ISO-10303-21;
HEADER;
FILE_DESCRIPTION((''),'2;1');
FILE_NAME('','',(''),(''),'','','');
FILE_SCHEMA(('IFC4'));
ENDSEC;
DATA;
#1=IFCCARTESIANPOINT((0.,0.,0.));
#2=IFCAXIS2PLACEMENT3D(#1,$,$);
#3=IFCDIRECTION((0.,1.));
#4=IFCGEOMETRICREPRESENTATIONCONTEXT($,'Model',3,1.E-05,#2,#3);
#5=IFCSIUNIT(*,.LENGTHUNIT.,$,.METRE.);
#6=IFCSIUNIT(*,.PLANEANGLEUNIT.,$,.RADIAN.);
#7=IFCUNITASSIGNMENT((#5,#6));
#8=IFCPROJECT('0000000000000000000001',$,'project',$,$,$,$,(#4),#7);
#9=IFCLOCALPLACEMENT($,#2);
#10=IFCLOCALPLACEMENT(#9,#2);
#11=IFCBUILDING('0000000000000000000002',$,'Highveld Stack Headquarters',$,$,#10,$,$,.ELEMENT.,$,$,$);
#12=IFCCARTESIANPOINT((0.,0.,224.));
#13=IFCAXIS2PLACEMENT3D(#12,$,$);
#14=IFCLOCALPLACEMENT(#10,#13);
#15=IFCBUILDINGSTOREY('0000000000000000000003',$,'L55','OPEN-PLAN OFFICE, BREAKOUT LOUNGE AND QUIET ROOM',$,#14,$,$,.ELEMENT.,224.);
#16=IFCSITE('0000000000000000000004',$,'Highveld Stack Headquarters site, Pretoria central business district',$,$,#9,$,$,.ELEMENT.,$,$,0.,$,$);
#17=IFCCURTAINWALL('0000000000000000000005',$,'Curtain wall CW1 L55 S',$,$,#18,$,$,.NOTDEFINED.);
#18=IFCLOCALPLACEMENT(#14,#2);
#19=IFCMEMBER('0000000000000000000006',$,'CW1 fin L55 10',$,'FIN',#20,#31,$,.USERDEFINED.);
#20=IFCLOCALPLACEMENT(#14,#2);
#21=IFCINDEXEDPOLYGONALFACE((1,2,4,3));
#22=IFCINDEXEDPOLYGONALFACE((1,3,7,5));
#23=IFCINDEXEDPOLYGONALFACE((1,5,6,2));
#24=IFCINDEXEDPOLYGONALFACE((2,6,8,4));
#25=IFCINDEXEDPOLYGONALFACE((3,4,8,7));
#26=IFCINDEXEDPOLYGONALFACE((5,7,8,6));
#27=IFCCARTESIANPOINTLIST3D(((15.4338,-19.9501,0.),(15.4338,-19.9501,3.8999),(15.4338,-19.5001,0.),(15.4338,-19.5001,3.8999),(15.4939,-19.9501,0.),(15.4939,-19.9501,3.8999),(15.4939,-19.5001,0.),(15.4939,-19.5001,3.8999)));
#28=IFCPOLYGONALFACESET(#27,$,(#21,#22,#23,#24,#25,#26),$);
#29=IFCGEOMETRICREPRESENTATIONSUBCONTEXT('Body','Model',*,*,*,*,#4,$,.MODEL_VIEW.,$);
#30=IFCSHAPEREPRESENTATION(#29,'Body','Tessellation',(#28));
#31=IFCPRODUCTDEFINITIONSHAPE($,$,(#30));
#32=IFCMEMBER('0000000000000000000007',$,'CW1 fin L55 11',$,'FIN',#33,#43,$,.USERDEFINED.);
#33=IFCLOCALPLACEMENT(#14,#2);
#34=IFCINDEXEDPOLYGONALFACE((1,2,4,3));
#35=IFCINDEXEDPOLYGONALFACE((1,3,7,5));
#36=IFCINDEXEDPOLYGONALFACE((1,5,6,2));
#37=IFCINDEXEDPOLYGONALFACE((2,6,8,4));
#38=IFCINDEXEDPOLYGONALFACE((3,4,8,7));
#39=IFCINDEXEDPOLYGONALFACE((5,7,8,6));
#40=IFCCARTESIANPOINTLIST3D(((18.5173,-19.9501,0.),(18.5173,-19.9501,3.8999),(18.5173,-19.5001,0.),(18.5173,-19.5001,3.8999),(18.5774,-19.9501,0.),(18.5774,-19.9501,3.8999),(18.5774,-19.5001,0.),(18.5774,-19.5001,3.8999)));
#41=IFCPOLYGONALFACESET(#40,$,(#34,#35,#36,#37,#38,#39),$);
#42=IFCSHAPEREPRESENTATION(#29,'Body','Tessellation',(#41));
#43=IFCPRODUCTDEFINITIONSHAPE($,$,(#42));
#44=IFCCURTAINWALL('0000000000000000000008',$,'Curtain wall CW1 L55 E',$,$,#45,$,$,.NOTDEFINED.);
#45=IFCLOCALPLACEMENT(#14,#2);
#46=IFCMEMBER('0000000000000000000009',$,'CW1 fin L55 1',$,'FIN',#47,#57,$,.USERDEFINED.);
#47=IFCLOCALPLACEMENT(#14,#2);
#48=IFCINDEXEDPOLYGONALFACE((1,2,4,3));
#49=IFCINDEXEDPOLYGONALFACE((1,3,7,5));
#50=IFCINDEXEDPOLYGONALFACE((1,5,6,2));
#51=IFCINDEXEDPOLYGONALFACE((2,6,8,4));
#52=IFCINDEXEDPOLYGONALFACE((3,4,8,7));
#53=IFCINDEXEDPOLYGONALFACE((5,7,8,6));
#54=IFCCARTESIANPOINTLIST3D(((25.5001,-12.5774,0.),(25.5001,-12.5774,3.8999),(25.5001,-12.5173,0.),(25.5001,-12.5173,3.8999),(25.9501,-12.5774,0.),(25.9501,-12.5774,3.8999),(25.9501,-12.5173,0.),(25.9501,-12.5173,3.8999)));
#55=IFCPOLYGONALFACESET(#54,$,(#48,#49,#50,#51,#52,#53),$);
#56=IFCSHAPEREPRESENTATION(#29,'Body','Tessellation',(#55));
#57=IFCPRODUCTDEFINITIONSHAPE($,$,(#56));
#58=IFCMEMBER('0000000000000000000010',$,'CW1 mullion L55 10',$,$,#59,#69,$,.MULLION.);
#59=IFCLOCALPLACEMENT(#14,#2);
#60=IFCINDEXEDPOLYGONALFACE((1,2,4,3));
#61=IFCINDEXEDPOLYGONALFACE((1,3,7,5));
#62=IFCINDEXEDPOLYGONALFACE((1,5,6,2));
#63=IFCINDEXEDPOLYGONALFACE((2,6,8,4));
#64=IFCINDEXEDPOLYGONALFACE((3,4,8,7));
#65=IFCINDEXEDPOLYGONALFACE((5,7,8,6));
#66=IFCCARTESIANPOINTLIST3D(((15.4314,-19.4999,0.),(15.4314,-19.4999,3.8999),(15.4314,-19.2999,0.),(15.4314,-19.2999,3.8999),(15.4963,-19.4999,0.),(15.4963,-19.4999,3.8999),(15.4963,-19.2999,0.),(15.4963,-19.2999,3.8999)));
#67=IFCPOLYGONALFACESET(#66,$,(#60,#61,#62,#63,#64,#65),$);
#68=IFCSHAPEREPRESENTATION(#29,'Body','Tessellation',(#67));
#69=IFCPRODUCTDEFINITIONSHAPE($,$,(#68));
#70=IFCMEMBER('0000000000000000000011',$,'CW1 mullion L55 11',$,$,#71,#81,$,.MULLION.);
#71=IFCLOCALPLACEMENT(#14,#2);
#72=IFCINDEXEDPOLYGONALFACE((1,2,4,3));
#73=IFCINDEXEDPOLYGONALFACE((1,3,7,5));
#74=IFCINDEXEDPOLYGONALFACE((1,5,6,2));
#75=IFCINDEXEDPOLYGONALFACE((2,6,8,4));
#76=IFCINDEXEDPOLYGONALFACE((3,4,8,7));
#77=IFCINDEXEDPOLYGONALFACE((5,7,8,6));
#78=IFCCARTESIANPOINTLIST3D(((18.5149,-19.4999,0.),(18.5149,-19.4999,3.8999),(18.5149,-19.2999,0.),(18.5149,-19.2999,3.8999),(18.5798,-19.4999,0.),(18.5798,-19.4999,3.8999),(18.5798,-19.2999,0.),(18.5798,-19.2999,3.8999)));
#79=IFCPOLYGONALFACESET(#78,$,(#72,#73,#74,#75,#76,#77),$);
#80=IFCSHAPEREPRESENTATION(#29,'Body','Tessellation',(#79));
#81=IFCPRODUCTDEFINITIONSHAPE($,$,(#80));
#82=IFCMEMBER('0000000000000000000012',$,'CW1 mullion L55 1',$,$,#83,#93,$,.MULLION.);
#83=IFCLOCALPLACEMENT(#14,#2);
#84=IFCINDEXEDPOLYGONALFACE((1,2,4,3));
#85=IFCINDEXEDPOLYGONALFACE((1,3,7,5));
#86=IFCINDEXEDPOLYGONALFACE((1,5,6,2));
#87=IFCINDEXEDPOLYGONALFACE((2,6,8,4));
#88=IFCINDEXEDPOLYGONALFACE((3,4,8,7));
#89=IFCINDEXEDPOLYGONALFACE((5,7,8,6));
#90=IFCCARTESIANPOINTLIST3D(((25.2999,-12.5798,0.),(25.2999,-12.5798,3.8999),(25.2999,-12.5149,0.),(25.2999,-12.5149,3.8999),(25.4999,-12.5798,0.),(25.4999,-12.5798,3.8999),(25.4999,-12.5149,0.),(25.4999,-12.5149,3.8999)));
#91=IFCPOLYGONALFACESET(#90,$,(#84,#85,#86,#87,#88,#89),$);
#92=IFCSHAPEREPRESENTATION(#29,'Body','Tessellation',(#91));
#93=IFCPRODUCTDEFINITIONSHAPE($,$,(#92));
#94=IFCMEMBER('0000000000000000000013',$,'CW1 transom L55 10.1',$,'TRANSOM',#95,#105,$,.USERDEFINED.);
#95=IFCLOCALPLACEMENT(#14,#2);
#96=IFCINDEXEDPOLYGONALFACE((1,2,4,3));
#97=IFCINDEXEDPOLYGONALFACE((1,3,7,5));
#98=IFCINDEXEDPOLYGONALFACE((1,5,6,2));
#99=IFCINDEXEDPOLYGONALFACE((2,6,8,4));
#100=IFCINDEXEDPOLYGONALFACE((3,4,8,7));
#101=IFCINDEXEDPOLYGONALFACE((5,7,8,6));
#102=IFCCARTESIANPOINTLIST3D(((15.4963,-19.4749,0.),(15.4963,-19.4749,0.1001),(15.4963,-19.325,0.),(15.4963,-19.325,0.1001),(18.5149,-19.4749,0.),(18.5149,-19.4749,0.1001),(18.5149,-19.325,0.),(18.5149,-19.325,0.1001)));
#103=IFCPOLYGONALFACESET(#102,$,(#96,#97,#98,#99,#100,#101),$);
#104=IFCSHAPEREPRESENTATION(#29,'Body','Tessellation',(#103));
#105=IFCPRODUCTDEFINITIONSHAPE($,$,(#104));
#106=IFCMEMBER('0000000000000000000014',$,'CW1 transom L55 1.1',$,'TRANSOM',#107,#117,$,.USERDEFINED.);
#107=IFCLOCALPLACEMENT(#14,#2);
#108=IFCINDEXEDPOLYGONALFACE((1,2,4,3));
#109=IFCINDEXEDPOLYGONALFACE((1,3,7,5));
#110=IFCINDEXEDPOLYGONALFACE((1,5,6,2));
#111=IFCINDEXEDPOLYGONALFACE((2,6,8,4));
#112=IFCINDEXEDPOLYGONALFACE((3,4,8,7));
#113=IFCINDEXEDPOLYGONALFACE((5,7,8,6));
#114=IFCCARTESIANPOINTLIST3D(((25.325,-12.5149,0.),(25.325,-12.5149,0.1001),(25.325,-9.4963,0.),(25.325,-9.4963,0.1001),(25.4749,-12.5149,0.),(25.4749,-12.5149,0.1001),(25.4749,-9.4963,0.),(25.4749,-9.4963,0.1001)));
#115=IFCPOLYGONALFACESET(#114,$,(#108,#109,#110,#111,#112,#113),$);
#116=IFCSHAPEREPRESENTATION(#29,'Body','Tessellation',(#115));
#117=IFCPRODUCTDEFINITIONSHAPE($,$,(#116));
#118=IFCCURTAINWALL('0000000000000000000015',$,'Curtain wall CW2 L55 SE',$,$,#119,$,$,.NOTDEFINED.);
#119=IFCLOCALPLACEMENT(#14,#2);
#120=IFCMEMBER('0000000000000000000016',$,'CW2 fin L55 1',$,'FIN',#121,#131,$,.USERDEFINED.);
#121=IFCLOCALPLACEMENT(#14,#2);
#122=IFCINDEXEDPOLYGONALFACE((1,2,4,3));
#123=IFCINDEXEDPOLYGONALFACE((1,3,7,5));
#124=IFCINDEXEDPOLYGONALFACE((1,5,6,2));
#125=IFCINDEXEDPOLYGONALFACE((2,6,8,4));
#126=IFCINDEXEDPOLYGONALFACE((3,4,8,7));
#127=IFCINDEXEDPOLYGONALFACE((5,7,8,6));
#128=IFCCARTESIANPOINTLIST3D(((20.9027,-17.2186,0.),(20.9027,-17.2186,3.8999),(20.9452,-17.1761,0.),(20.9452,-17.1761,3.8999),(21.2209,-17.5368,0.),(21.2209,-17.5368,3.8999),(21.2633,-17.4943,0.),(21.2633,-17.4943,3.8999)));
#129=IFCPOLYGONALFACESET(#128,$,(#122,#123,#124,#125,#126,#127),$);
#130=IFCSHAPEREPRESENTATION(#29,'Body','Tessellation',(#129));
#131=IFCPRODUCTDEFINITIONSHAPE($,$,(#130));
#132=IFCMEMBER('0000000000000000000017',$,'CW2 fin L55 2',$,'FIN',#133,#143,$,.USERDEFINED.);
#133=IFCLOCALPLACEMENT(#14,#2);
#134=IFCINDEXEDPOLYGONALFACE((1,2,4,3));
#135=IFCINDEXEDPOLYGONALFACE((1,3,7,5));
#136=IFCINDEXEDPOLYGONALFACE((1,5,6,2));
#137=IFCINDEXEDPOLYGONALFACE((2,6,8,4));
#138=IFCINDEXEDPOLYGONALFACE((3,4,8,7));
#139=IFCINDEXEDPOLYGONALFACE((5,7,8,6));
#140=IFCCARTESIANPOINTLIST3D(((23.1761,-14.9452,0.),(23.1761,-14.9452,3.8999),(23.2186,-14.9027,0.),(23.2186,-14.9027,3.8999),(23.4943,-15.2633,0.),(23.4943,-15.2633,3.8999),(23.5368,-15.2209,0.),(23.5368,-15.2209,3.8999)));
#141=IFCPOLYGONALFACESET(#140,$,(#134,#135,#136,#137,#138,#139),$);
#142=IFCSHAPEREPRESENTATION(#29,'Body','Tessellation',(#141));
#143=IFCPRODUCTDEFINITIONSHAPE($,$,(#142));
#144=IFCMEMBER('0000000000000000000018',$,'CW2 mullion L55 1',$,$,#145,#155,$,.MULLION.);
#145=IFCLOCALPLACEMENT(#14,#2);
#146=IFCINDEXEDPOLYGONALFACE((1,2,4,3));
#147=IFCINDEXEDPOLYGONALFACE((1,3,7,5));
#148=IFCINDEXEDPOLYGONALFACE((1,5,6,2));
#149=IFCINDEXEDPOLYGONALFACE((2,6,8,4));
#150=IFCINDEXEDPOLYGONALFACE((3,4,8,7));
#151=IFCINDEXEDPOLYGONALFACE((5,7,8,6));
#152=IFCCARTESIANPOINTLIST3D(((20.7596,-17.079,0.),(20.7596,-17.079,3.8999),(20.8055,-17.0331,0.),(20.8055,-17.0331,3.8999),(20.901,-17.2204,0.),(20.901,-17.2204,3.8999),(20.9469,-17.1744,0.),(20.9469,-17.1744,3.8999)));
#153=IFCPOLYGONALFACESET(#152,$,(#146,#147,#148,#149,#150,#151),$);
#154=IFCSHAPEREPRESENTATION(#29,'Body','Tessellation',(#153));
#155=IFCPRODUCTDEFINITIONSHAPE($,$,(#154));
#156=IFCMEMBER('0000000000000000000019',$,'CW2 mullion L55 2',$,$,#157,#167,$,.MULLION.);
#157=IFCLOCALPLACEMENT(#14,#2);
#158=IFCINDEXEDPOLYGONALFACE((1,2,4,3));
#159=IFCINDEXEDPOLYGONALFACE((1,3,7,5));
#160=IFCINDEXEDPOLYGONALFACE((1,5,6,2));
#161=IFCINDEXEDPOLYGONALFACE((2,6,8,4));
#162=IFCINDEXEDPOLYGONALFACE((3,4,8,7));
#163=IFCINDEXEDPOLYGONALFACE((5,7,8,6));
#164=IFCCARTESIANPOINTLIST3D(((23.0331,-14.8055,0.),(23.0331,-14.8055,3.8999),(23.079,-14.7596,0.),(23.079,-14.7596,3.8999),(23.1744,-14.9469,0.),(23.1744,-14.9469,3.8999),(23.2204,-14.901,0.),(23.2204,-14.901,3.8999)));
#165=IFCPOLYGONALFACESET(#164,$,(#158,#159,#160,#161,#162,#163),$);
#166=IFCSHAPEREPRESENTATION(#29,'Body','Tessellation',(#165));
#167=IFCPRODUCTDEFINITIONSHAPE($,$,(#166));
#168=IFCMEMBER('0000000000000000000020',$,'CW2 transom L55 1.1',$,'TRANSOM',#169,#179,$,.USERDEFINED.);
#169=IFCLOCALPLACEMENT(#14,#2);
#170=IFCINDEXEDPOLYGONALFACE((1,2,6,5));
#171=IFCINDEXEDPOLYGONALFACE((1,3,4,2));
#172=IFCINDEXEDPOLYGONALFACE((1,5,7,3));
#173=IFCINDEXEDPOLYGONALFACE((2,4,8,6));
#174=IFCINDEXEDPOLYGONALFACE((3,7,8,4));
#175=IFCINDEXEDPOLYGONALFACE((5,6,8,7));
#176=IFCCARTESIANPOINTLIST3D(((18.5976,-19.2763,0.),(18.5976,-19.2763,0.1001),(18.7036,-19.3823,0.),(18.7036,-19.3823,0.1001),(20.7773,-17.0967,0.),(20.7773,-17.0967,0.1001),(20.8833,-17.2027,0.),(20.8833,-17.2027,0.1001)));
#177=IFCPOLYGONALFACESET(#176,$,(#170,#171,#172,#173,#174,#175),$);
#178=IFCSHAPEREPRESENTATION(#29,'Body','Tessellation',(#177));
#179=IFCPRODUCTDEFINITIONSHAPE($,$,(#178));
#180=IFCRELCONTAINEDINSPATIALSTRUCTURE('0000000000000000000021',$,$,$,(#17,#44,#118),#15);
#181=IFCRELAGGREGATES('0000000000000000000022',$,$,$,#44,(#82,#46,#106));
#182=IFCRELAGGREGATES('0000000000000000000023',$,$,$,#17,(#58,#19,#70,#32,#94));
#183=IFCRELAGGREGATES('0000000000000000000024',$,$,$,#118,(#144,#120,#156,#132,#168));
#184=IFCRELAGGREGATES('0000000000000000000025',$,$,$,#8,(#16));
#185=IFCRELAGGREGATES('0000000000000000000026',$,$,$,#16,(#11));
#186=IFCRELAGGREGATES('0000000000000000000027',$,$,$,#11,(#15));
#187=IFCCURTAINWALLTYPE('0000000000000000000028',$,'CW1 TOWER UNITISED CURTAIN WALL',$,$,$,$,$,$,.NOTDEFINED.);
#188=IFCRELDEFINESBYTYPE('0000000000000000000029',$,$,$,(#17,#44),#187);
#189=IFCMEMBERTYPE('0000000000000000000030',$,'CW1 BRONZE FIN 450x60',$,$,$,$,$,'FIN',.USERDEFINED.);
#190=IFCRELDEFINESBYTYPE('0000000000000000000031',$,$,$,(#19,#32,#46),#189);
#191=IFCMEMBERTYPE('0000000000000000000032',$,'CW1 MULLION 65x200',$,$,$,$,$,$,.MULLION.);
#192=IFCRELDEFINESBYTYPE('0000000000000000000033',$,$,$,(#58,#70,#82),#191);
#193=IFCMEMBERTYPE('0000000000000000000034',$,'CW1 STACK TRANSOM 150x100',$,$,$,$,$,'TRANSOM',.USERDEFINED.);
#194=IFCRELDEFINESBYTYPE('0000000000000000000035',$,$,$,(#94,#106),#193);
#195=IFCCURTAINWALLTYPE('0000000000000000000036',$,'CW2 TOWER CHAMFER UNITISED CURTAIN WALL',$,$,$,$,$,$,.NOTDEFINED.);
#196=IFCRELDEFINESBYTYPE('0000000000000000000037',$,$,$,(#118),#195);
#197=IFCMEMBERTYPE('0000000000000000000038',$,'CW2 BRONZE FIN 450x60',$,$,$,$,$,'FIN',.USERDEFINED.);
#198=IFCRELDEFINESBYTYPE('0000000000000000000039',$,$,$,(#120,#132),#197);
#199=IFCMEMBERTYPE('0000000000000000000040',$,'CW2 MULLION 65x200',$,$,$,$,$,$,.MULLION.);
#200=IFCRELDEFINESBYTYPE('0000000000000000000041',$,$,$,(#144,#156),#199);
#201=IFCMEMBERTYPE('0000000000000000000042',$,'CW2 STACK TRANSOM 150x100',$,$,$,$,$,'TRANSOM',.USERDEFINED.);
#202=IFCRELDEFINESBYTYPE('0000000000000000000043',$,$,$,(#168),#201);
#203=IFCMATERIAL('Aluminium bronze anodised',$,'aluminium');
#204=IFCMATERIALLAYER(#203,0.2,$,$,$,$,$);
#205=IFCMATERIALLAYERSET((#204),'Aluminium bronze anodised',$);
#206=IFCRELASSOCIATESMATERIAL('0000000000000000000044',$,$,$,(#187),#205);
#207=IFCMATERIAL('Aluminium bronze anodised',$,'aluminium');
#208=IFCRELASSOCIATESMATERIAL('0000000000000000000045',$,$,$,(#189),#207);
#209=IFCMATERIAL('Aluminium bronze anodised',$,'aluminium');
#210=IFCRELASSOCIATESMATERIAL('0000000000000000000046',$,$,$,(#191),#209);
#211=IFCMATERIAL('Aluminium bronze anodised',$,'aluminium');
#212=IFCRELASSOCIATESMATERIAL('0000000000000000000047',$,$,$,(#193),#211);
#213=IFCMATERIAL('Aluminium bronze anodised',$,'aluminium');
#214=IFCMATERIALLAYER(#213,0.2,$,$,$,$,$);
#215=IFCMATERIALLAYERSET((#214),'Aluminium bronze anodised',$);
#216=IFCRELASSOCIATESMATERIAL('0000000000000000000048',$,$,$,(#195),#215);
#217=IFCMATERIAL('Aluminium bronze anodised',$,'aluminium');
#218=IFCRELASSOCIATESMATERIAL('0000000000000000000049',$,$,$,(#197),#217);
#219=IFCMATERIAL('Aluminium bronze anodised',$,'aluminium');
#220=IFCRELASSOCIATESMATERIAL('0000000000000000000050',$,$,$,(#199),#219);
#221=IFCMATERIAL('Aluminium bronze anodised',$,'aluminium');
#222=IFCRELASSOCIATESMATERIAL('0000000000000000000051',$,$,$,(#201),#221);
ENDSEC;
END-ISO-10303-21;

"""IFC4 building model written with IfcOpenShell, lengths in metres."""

from ifc_helpers import new_model, si_unit, direction, frame, origin, origin_2d, place, context, subcontext, project, spatial, rectangle, extrude, material, layer, layer_set, material_profile, profile_set, type_object, element, aggregate, save


model = new_model("IFC4")

# Units and contexts
model_context = context("Model", 3, precision=1e-05, world=origin(), true_north=direction((0.0, 1.0)))
body_context = subcontext(model_context, "Body", "Model", "MODEL_VIEW")
ifc_project = project(units=[si_unit("LENGTHUNIT", "METRE"), si_unit("PLANEANGLEUNIT", "RADIAN")], contexts=[model_context])

# Site, building, storey
site_placement = place(None, origin())
site = spatial("IfcSite", under=ifc_project, at=site_placement, Name="Highveld Stack Headquarters site, Pretoria central business district", CompositionType="ELEMENT", RefElevation=0.0)
building_placement = place(site_placement, origin())
building = spatial("IfcBuilding", under=site, at=building_placement, Name="Highveld Stack Headquarters", CompositionType="ELEMENT")
storey_placement = place(building_placement, frame((0.0, 0.0, 224.0)))
storey = spatial("IfcBuildingStorey", under=building, at=storey_placement, Name="L55", Description="OPEN-PLAN OFFICE, BREAKOUT LOUNGE AND QUIET ROOM", CompositionType="ELEMENT", Elevation=224.0)

# Curtain wall, members
ifc_material_1 = material(Name="Aluminium bronze anodised", Category="aluminium")
ifc_layer_1 = layer(ifc_material_1, 0.2)
ifc_layer_set_1 = layer_set([ifc_layer_1], Name="Aluminium bronze anodised")
curtain_wall_type_1 = type_object("IfcCurtainWallType", Name="CW1 TOWER UNITISED CURTAIN WALL", PredefinedType="NOTDEFINED", material=ifc_layer_set_1)
curtain_wall_1_placement = place(storey_placement, origin())
curtain_wall_1 = element("IfcCurtainWall", 1, at=curtain_wall_1_placement, inside=storey, type_object=curtain_wall_type_1, Name="Curtain wall CW1 L55 S", PredefinedType="NOTDEFINED")
ifc_material_2 = material(Name="Aluminium bronze anodised", Category="aluminium")
ifc_material_profile_1 = material_profile(ifc_material_2, rectangle(XDim=0.45, YDim=0.0601, at=origin_2d()), Name="FIN 450x60")
ifc_profile_set_1 = profile_set([ifc_material_profile_1], Name="Aluminium bronze anodised")
member_type_1 = type_object("IfcMemberType", Name="CW1 BRONZE FIN 450x60", ElementType="FIN", PredefinedType="USERDEFINED", material=ifc_profile_set_1)
member_1_placement = place(storey_placement, frame((15.4639, -19.7251, 0.0), z_axis=(0.0, 0.0, 1.0), x_axis=(0.0, 1.0, 0.0)))
member_1 = element("IfcMember", 2, at=member_1_placement, type_object=member_type_1, Name="CW1 fin L55 10", ObjectType="FIN", PredefinedType="USERDEFINED", context=body_context, shape_type="SweptSolid", body=[
    extrude(rectangle(XDim=0.45, YDim=0.0601, at=origin_2d()), origin(), (0.0, 0.0, 1.0), 3.8999),
])
member_2_placement = place(storey_placement, frame((18.5474, -19.7251, 0.0), z_axis=(0.0, 0.0, 1.0), x_axis=(0.0, 1.0, 0.0)))
member_2 = element("IfcMember", 3, at=member_2_placement, type_object=member_type_1, Name="CW1 fin L55 11", ObjectType="FIN", PredefinedType="USERDEFINED", context=body_context, shape_type="SweptSolid", body=[
    extrude(rectangle(XDim=0.45, YDim=0.0601, at=origin_2d()), origin(), (0.0, 0.0, 1.0), 3.8999),
])

# Curtain wall, member
curtain_wall_2_placement = place(storey_placement, origin())
curtain_wall_2 = element("IfcCurtainWall", 4, at=curtain_wall_2_placement, inside=storey, type_object=curtain_wall_type_1, Name="Curtain wall CW1 L55 E", PredefinedType="NOTDEFINED")
member_3_placement = place(storey_placement, frame((25.7251, -12.5474, 0.0), z_axis=(0.0, 0.0, 1.0), x_axis=(-1.0, 0.0, 0.0)))
member_3 = element("IfcMember", 5, at=member_3_placement, type_object=member_type_1, Name="CW1 fin L55 1", ObjectType="FIN", PredefinedType="USERDEFINED", context=body_context, shape_type="SweptSolid", body=[
    extrude(rectangle(XDim=0.45, YDim=0.0601, at=origin_2d()), origin(), (0.0, 0.0, 1.0), 3.8999),
])

# Members
ifc_material_3 = material(Name="Aluminium bronze anodised", Category="aluminium")
ifc_material_profile_2 = material_profile(ifc_material_3, rectangle(XDim=0.2, YDim=0.0649, at=origin_2d()), Name="CW1 MULLION 65x200")
ifc_profile_set_2 = profile_set([ifc_material_profile_2], Name="Aluminium bronze anodised")
member_type_2 = type_object("IfcMemberType", Name="CW1 MULLION 65x200", PredefinedType="MULLION", material=ifc_profile_set_2)
member_4_placement = place(storey_placement, frame((15.4639, -19.3999, 0.0), z_axis=(0.0, 0.0, 1.0), x_axis=(0.0, 1.0, 0.0)))
member_4 = element("IfcMember", 6, at=member_4_placement, type_object=member_type_2, Name="CW1 mullion L55 10", PredefinedType="MULLION", context=body_context, shape_type="SweptSolid", body=[
    extrude(rectangle(XDim=0.2, YDim=0.0649, at=origin_2d()), origin(), (0.0, 0.0, 1.0), 3.8999),
])
member_5_placement = place(storey_placement, frame((18.5474, -19.3999, 0.0), z_axis=(0.0, 0.0, 1.0), x_axis=(0.0, 1.0, 0.0)))
member_5 = element("IfcMember", 7, at=member_5_placement, type_object=member_type_2, Name="CW1 mullion L55 11", PredefinedType="MULLION", context=body_context, shape_type="SweptSolid", body=[
    extrude(rectangle(XDim=0.2, YDim=0.0649, at=origin_2d()), origin(), (0.0, 0.0, 1.0), 3.8999),
])
member_6_placement = place(storey_placement, frame((25.3999, -12.5474, 0.0), z_axis=(0.0, 0.0, 1.0), x_axis=(-1.0, 0.0, 0.0)))
member_6 = element("IfcMember", 8, at=member_6_placement, type_object=member_type_2, Name="CW1 mullion L55 1", PredefinedType="MULLION", context=body_context, shape_type="SweptSolid", body=[
    extrude(rectangle(XDim=0.2, YDim=0.0649, at=origin_2d()), origin(), (0.0, 0.0, 1.0), 3.8999),
])
ifc_material_4 = material(Name="Aluminium bronze anodised", Category="aluminium")
ifc_material_profile_3 = material_profile(ifc_material_4, rectangle(XDim=0.1499, YDim=0.1001, at=origin_2d()), Name="CW1 TRANSOM 150x100")
ifc_profile_set_3 = profile_set([ifc_material_profile_3], Name="Aluminium bronze anodised")
member_type_3 = type_object("IfcMemberType", Name="CW1 STACK TRANSOM 150x100", ElementType="TRANSOM", PredefinedType="USERDEFINED", material=ifc_profile_set_3)
member_7_placement = place(storey_placement, frame((15.4963, -19.3999, 0.05), z_axis=(1.0, 0.0, 0.0), x_axis=(0.0, 1.0, 0.0)))
member_7 = element("IfcMember", 9, at=member_7_placement, type_object=member_type_3, Name="CW1 transom L55 10.1", ObjectType="TRANSOM", PredefinedType="USERDEFINED", context=body_context, shape_type="SweptSolid", body=[
    extrude(rectangle(XDim=0.1499, YDim=0.1001, at=origin_2d()), origin(), (0.0, 0.0, 1.0), 3.0186),
])
member_8_placement = place(storey_placement, frame((25.3999, -12.5149, 0.05), z_axis=(0.0, 1.0, 0.0), x_axis=(-1.0, 0.0, 0.0)))
member_8 = element("IfcMember", 10, at=member_8_placement, type_object=member_type_3, Name="CW1 transom L55 1.1", ObjectType="TRANSOM", PredefinedType="USERDEFINED", context=body_context, shape_type="SweptSolid", body=[
    extrude(rectangle(XDim=0.1499, YDim=0.1001, at=origin_2d()), origin(), (0.0, 0.0, 1.0), 3.0186),
])
aggregate(curtain_wall_2, [member_6, member_3, member_8])

# Curtain wall, members
ifc_material_5 = material(Name="Aluminium bronze anodised", Category="aluminium")
ifc_layer_2 = layer(ifc_material_5, 0.2)
ifc_layer_set_2 = layer_set([ifc_layer_2], Name="Aluminium bronze anodised")
curtain_wall_type_2 = type_object("IfcCurtainWallType", Name="CW2 TOWER CHAMFER UNITISED CURTAIN WALL", PredefinedType="NOTDEFINED", material=ifc_layer_set_2)
curtain_wall_3_placement = place(storey_placement, origin())
curtain_wall_3 = element("IfcCurtainWall", 11, at=curtain_wall_3_placement, inside=storey, type_object=curtain_wall_type_2, Name="Curtain wall CW2 L55 SE", PredefinedType="NOTDEFINED")
ifc_material_6 = material(Name="Aluminium bronze anodised", Category="aluminium")
ifc_material_profile_4 = material_profile(ifc_material_6, rectangle(XDim=0.45, YDim=0.0601, at=origin_2d()), Name="FIN 450x60")
ifc_profile_set_4 = profile_set([ifc_material_profile_4], Name="Aluminium bronze anodised")
member_type_4 = type_object("IfcMemberType", Name="CW2 BRONZE FIN 450x60", ElementType="FIN", PredefinedType="USERDEFINED", material=ifc_profile_set_4)
member_9_placement = place(storey_placement, frame((21.083, -17.3564, 0.0), z_axis=(0.0, 0.0, 1.0), x_axis=(-0.707107, 0.707107, 0.0)))
member_9 = element("IfcMember", 12, at=member_9_placement, type_object=member_type_4, Name="CW2 fin L55 1", ObjectType="FIN", PredefinedType="USERDEFINED", context=body_context, shape_type="SweptSolid", body=[
    extrude(rectangle(XDim=0.45, YDim=0.0601, at=origin_2d()), origin(), (0.0, 0.0, 1.0), 3.8999),
])
member_10_placement = place(storey_placement, frame((23.3564, -15.083, 0.0), z_axis=(0.0, 0.0, 1.0), x_axis=(-0.707107, 0.707107, 0.0)))
member_10 = element("IfcMember", 13, at=member_10_placement, type_object=member_type_4, Name="CW2 fin L55 2", ObjectType="FIN", PredefinedType="USERDEFINED", context=body_context, shape_type="SweptSolid", body=[
    extrude(rectangle(XDim=0.45, YDim=0.0601, at=origin_2d()), origin(), (0.0, 0.0, 1.0), 3.8999),
])
ifc_material_7 = material(Name="Aluminium bronze anodised", Category="aluminium")
ifc_material_profile_5 = material_profile(ifc_material_7, rectangle(XDim=0.2, YDim=0.0649, at=origin_2d()), Name="CW2 MULLION 65x200")
ifc_profile_set_5 = profile_set([ifc_material_profile_5], Name="Aluminium bronze anodised")
member_type_5 = type_object("IfcMemberType", Name="CW2 MULLION 65x200", PredefinedType="MULLION", material=ifc_profile_set_5)
member_11_placement = place(storey_placement, frame((20.8533, -17.1267, 0.0), z_axis=(0.0, 0.0, 1.0), x_axis=(-0.707107, 0.707107, 0.0)))
member_11 = element("IfcMember", 14, at=member_11_placement, type_object=member_type_5, Name="CW2 mullion L55 1", PredefinedType="MULLION", context=body_context, shape_type="SweptSolid", body=[
    extrude(rectangle(XDim=0.2, YDim=0.0649, at=origin_2d()), origin(), (0.0, 0.0, 1.0), 3.8999),
])
member_12_placement = place(storey_placement, frame((23.1267, -14.8533, 0.0), z_axis=(0.0, 0.0, 1.0), x_axis=(-0.707107, 0.707107, 0.0)))
member_12 = element("IfcMember", 15, at=member_12_placement, type_object=member_type_5, Name="CW2 mullion L55 2", PredefinedType="MULLION", context=body_context, shape_type="SweptSolid", body=[
    extrude(rectangle(XDim=0.2, YDim=0.0649, at=origin_2d()), origin(), (0.0, 0.0, 1.0), 3.8999),
])
ifc_material_8 = material(Name="Aluminium bronze anodised", Category="aluminium")
ifc_material_profile_6 = material_profile(ifc_material_8, rectangle(XDim=0.1499, YDim=0.1001, at=origin_2d()), Name="CW2 TRANSOM 150x100")
ifc_profile_set_6 = profile_set([ifc_material_profile_6], Name="Aluminium bronze anodised")
member_type_6 = type_object("IfcMemberType", Name="CW2 STACK TRANSOM 150x100", ElementType="TRANSOM", PredefinedType="USERDEFINED", material=ifc_profile_set_6)
member_13_placement = place(storey_placement, frame((18.6506, -19.3293, 0.05), z_axis=(0.707107, 0.707107, 0.0), x_axis=(-0.707107, 0.707107, 0.0)))
member_13 = element("IfcMember", 16, at=member_13_placement, type_object=member_type_6, Name="CW2 transom L55 1.1", ObjectType="TRANSOM", PredefinedType="USERDEFINED", context=body_context, shape_type="SweptSolid", body=[
    extrude(rectangle(XDim=0.1499, YDim=0.1001, at=origin_2d()), origin(), (0.0, 0.0, 1.0), 3.0825),
])

aggregate(curtain_wall_1, [member_4, member_1, member_5, member_2, member_7])
aggregate(curtain_wall_3, [member_11, member_9, member_12, member_10, member_13])

save(model, "model.ifc")
